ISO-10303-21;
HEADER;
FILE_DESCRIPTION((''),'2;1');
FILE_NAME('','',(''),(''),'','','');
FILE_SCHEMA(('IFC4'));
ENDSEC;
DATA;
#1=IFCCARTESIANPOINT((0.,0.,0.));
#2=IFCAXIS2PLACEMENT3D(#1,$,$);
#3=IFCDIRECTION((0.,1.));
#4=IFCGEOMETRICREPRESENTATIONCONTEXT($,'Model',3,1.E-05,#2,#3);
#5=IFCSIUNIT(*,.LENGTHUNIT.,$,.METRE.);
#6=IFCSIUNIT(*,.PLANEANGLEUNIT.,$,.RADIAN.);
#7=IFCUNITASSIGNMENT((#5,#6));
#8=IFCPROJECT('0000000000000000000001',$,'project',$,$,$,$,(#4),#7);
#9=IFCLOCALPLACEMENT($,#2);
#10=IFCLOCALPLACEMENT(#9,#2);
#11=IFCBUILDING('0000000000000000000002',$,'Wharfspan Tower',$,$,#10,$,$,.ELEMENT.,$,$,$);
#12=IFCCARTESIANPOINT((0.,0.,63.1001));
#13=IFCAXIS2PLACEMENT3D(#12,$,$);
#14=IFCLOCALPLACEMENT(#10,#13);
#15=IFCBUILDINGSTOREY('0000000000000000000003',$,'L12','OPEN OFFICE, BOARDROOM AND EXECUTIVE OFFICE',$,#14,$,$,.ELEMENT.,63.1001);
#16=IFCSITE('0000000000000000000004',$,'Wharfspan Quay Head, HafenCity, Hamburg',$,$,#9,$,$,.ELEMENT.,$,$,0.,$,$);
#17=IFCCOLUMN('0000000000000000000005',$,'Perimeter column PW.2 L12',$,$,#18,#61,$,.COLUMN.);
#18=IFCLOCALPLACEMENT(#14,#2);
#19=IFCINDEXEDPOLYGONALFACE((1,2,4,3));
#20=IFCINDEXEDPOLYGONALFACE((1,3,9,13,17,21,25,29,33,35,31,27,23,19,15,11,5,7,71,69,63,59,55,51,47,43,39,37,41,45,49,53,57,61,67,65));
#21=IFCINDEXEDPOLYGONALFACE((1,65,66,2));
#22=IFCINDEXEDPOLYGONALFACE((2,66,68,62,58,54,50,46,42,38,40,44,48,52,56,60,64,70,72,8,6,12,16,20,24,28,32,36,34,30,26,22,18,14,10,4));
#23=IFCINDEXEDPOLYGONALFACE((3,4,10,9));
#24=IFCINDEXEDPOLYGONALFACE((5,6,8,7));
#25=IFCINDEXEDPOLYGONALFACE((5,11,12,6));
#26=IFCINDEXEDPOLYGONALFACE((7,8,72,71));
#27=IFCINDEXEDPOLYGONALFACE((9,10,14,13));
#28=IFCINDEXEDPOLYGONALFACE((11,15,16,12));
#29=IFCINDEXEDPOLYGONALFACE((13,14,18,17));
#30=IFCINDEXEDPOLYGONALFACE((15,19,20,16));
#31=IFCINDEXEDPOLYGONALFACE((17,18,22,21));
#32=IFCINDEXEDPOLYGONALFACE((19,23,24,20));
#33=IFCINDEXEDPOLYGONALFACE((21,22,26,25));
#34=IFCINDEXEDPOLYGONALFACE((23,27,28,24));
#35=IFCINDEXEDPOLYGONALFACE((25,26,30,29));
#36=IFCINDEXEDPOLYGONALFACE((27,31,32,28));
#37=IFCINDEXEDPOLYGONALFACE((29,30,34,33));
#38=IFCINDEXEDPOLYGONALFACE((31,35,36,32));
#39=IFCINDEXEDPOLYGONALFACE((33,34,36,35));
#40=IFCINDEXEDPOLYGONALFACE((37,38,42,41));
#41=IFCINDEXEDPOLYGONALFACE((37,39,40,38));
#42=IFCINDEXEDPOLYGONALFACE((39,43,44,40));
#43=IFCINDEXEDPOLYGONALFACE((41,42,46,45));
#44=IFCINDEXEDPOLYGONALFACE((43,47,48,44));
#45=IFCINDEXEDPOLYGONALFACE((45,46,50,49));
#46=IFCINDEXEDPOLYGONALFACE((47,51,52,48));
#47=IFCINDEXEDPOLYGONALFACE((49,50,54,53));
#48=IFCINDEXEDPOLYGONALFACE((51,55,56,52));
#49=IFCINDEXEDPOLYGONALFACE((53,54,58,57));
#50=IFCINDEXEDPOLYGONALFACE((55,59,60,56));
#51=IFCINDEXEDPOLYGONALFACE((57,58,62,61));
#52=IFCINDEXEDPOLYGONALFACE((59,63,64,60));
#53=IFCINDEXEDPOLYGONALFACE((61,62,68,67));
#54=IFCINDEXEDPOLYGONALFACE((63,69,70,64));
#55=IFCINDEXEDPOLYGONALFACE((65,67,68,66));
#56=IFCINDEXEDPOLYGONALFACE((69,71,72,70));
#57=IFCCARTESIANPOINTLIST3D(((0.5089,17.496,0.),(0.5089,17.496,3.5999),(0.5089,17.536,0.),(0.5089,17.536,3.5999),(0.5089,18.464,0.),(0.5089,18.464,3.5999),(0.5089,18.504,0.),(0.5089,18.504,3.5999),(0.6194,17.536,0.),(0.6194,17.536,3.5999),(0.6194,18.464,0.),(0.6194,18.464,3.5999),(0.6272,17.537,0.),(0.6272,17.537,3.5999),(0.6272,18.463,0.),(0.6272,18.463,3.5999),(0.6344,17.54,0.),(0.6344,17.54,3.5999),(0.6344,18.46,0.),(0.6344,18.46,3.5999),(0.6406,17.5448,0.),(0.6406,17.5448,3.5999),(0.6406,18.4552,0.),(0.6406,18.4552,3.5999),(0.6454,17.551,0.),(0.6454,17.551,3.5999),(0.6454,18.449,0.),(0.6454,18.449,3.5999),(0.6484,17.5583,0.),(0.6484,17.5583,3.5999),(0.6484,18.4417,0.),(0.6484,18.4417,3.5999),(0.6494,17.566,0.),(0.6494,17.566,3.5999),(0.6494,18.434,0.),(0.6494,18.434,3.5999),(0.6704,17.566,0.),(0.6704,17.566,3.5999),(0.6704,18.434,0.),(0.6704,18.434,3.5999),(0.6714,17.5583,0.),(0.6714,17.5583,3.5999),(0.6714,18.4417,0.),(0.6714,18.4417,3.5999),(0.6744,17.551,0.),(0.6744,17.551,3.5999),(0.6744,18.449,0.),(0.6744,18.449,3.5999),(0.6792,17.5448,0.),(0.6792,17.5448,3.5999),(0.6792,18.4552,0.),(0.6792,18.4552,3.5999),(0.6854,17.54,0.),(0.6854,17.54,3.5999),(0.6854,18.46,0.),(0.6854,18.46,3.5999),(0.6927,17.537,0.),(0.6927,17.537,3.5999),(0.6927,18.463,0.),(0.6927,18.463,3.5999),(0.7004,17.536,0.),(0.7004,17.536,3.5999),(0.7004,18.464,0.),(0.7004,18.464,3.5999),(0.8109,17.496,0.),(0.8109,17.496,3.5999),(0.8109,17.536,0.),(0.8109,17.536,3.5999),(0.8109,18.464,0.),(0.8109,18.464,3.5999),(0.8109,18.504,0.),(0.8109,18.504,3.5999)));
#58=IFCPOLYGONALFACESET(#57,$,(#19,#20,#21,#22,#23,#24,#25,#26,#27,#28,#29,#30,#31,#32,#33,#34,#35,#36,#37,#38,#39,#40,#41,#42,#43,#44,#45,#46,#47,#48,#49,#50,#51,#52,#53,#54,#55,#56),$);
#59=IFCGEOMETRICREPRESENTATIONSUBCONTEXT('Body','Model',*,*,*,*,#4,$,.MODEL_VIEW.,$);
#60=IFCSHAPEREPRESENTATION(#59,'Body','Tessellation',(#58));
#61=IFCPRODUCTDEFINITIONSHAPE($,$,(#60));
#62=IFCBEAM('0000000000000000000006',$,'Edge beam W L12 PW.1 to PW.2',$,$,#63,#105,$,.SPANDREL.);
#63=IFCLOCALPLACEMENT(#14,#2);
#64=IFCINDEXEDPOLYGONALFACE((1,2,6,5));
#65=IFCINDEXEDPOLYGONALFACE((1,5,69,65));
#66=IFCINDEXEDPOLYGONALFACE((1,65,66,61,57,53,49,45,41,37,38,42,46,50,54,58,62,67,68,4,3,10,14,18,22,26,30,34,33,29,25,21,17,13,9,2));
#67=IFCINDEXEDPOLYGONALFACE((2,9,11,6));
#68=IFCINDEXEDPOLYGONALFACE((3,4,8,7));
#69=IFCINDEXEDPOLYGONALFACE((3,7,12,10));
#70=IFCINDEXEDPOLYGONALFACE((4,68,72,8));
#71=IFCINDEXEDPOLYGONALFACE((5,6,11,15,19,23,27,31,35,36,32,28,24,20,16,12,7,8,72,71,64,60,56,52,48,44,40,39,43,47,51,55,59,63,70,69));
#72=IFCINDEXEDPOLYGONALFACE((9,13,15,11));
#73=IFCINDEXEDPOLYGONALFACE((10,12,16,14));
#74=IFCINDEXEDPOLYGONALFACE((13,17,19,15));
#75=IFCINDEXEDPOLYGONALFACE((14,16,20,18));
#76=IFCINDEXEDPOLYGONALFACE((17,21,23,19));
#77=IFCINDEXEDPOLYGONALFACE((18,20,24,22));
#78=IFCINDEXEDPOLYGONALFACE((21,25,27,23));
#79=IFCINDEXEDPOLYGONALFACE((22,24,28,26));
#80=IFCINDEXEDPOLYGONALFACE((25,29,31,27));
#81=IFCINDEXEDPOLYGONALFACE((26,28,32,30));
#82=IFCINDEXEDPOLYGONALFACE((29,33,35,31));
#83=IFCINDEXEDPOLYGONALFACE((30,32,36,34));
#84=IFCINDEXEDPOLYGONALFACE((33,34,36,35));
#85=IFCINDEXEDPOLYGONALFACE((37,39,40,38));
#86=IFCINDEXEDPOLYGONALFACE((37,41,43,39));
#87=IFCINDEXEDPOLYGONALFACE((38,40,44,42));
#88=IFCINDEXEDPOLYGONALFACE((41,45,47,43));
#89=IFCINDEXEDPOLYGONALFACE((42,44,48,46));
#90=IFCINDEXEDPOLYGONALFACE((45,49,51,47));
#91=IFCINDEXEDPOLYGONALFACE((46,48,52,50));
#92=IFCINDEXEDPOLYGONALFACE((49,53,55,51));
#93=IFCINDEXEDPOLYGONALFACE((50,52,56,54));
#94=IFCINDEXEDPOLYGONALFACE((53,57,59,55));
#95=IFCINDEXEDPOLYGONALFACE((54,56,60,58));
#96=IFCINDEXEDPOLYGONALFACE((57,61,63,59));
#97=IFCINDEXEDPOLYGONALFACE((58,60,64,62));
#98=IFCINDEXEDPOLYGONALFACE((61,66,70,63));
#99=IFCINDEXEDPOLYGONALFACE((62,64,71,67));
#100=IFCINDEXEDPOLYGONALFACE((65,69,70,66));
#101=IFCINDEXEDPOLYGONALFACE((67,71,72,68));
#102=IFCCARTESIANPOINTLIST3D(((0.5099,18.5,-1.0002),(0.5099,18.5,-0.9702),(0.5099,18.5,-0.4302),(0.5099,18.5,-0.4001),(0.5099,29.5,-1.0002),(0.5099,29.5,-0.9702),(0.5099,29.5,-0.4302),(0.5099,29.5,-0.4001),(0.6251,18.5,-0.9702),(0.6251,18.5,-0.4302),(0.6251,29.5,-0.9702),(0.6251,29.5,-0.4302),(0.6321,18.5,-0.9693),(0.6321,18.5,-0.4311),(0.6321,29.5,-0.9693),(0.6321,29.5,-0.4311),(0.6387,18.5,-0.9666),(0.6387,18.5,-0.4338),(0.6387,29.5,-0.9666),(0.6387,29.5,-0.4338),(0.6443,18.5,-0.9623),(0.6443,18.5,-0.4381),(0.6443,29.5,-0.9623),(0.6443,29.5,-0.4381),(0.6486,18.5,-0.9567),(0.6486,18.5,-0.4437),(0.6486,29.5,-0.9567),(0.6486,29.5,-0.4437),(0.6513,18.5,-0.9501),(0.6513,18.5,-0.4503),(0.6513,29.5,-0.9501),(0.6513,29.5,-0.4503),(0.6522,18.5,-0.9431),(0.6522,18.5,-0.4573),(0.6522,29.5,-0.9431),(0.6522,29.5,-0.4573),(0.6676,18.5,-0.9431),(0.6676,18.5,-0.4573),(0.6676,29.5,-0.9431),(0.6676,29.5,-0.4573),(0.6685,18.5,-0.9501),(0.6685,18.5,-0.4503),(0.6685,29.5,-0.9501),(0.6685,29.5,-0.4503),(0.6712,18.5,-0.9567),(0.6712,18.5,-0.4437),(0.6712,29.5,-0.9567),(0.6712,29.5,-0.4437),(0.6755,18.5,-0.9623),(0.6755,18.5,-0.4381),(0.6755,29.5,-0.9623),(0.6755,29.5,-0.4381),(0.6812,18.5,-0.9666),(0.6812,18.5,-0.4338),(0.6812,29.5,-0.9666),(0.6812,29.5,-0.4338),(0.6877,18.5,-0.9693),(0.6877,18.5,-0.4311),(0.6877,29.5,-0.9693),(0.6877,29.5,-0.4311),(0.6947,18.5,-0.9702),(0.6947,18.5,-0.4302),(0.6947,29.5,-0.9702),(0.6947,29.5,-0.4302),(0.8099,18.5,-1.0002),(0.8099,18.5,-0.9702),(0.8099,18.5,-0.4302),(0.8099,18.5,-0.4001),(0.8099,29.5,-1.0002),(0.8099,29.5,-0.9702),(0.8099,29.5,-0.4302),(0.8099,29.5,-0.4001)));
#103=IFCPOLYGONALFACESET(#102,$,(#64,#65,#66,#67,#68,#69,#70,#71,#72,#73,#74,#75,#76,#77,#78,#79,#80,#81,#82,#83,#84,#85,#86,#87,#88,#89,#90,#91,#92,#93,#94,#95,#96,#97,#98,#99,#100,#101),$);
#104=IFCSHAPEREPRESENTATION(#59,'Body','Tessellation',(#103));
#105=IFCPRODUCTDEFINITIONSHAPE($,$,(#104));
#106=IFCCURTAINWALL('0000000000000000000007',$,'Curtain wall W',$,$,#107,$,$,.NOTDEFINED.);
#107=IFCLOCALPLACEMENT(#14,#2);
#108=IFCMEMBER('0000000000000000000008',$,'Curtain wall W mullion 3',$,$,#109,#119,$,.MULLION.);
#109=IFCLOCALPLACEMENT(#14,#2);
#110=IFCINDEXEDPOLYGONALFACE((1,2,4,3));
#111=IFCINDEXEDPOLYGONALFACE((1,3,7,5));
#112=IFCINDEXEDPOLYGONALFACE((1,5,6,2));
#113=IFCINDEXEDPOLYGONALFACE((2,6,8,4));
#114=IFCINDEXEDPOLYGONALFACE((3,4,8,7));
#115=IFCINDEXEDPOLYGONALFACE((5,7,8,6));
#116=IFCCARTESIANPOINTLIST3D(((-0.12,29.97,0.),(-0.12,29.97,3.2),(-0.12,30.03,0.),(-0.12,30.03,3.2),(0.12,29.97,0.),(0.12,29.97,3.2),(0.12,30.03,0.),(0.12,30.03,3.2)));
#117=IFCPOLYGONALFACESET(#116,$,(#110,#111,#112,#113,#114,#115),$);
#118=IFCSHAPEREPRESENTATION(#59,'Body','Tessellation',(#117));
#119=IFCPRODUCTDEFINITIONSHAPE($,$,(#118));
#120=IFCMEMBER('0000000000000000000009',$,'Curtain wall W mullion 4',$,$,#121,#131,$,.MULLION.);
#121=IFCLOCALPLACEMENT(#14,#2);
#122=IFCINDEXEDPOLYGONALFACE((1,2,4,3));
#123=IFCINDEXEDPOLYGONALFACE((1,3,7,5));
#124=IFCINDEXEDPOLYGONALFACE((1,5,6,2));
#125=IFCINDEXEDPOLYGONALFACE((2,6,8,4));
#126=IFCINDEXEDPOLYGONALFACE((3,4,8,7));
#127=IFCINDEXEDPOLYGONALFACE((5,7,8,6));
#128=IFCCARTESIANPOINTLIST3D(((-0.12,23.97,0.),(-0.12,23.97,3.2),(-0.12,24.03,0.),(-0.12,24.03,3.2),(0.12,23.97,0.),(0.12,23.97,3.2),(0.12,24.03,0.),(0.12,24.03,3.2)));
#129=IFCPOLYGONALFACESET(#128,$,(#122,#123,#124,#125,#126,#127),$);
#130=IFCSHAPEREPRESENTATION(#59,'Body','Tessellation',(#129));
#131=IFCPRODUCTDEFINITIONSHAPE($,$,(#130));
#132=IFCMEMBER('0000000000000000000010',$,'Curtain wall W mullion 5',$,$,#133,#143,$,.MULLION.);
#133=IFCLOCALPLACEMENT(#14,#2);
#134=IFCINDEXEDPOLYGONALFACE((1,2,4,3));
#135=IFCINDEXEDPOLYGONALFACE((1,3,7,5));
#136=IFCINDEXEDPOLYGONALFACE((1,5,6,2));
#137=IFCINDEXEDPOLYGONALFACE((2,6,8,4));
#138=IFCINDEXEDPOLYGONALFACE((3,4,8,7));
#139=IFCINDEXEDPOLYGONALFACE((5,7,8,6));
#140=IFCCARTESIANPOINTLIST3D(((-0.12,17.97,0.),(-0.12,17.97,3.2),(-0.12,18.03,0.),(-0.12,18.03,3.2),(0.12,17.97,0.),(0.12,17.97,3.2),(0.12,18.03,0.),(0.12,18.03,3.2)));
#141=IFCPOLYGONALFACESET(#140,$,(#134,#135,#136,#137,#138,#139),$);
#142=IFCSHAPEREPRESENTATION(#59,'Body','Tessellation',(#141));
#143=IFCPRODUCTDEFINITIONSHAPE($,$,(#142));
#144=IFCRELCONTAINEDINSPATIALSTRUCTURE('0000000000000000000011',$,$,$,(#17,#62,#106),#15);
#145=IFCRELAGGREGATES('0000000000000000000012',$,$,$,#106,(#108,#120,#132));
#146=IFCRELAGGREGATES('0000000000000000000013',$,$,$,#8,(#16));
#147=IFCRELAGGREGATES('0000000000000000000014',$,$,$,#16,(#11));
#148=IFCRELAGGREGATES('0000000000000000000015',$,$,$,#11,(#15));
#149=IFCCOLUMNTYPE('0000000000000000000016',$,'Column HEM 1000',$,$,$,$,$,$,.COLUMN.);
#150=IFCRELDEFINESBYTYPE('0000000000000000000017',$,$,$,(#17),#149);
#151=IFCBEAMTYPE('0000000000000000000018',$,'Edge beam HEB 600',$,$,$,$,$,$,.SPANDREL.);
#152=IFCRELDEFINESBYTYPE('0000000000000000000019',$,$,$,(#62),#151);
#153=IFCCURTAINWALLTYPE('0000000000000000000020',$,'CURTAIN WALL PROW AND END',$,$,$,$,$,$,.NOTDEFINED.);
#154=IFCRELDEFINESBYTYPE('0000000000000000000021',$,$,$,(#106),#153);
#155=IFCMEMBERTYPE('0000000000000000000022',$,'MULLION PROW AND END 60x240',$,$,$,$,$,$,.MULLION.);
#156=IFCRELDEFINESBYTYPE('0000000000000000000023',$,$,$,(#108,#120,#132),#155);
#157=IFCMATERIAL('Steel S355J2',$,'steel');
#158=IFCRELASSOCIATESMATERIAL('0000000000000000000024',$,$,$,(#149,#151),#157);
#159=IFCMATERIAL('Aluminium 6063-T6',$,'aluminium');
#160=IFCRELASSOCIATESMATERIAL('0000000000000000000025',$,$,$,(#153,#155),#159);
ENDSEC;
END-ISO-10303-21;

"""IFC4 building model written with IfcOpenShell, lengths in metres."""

from ifc_helpers import new_model, si_unit, direction, frame, origin, origin_2d, place, context, subcontext, project, spatial, rectangle, i_section, extrude, material, material_profile, profile_set, type_object, element, aggregate, save


model = new_model("IFC4")

# Units and contexts
model_context = context("Model", 3, precision=1e-05, world=origin(), true_north=direction((0.0, 1.0)))
body_context = subcontext(model_context, "Body", "Model", "MODEL_VIEW")
ifc_project = project(units=[si_unit("LENGTHUNIT", "METRE"), si_unit("PLANEANGLEUNIT", "RADIAN")], contexts=[model_context])

# Site, building, storey
site_placement = place(None, origin())
site = spatial("IfcSite", under=ifc_project, at=site_placement, Name="Wharfspan Quay Head, HafenCity, Hamburg", CompositionType="ELEMENT", RefElevation=0.0)
building_placement = place(site_placement, origin())
building = spatial("IfcBuilding", under=site, at=building_placement, Name="Wharfspan Tower", CompositionType="ELEMENT")
storey_placement = place(building_placement, frame((0.0, 0.0, 63.1001)))
storey = spatial("IfcBuildingStorey", under=building, at=storey_placement, Name="L12", Description="OPEN OFFICE, BOARDROOM AND EXECUTIVE OFFICE", CompositionType="ELEMENT", Elevation=63.1001)

# Column
ifc_material_1 = material(Name="Steel S355J2", Category="steel")
ifc_material_profile_1 = material_profile(ifc_material_1, i_section(OverallWidth=0.302, OverallDepth=1.0081, WebThickness=0.021, FlangeThickness=0.04, FilletRadius=0.03, at=origin_2d()))
ifc_profile_set_1 = profile_set([ifc_material_profile_1], Name="Steel S355J2")
column_type = type_object("IfcColumnType", Name="Column HEM 1000", PredefinedType="COLUMN", material=ifc_profile_set_1)
column_placement = place(storey_placement, frame((0.6599, 18.0, 0.0), z_axis=(0.0, 0.0, 1.0), x_axis=(-1.0, 0.0, 0.0)))
element("IfcColumn", 1, at=column_placement, inside=storey, type_object=column_type, Name="Perimeter column PW.2 L12", PredefinedType="COLUMN", context=body_context, shape_type="SweptSolid", body=[
    extrude(i_section(OverallWidth=0.302, OverallDepth=1.0081, WebThickness=0.021, FlangeThickness=0.04, FilletRadius=0.03, at=origin_2d()), origin(), (0.0, 0.0, 1.0), 3.5999),
])

# Beam
ifc_material_profile_2 = material_profile(ifc_material_1, i_section(OverallWidth=0.3, OverallDepth=0.6001, WebThickness=0.0154, FlangeThickness=0.03, FilletRadius=0.0271, at=origin_2d()))
ifc_profile_set_2 = profile_set([ifc_material_profile_2], Name="Steel S355J2")
beam_type = type_object("IfcBeamType", Name="Edge beam HEB 600", PredefinedType="SPANDREL", material=ifc_profile_set_2)
beam_placement = place(storey_placement, frame((0.6599, 29.5, -0.7002), z_axis=(0.0, -1.0, 0.0), x_axis=(1.0, 0.0, 0.0)))
element("IfcBeam", 2, at=beam_placement, inside=storey, type_object=beam_type, Name="Edge beam W L12 PW.1 to PW.2", PredefinedType="SPANDREL", context=body_context, shape_type="SweptSolid", body=[
    extrude(i_section(OverallWidth=0.3, OverallDepth=0.6001, WebThickness=0.0154, FlangeThickness=0.03, FilletRadius=0.0271, at=origin_2d()), origin(), (0.0, 0.0, 1.0), 11.0),
])

# Curtain wall, members
ifc_material_2 = material(Name="Aluminium 6063-T6", Category="aluminium")
curtain_wall_type = type_object("IfcCurtainWallType", Name="CURTAIN WALL PROW AND END", PredefinedType="NOTDEFINED", material=ifc_material_2)
curtain_wall_placement = place(storey_placement, origin())
curtain_wall = element("IfcCurtainWall", 3, at=curtain_wall_placement, inside=storey, type_object=curtain_wall_type, Name="Curtain wall W", PredefinedType="NOTDEFINED")
ifc_material_profile_3 = material_profile(ifc_material_2, rectangle(XDim=0.24, YDim=0.0601, at=origin_2d()))
ifc_profile_set_3 = profile_set([ifc_material_profile_3], Name="Aluminium 6063-T6")
member_type_1 = type_object("IfcMemberType", Name="MULLION PROW AND END 60x240", PredefinedType="MULLION", material=ifc_profile_set_3)
member_1_placement = place(storey_placement, frame((0.0, 30.0, 0.0), z_axis=(0.0, 0.0, 1.0), x_axis=(1.0, 0.0, 0.0)))
member_1 = element("IfcMember", 4, at=member_1_placement, type_object=member_type_1, Name="Curtain wall W mullion 3", PredefinedType="MULLION", context=body_context, shape_type="SweptSolid", body=[
    extrude(rectangle(XDim=0.24, YDim=0.0601, at=origin_2d()), origin(), (0.0, 0.0, 1.0), 3.2),
])
member_2_placement = place(storey_placement, frame((0.0, 24.0, 0.0), z_axis=(0.0, 0.0, 1.0), x_axis=(1.0, 0.0, 0.0)))
member_2 = element("IfcMember", 5, at=member_2_placement, type_object=member_type_1, Name="Curtain wall W mullion 4", PredefinedType="MULLION", context=body_context, shape_type="SweptSolid", body=[
    extrude(rectangle(XDim=0.24, YDim=0.0601, at=origin_2d()), origin(), (0.0, 0.0, 1.0), 3.2),
])
member_3_placement = place(storey_placement, frame((0.0, 18.0, 0.0), z_axis=(0.0, 0.0, 1.0), x_axis=(1.0, 0.0, 0.0)))
member_3 = element("IfcMember", 6, at=member_3_placement, type_object=member_type_1, Name="Curtain wall W mullion 5", PredefinedType="MULLION", context=body_context, shape_type="SweptSolid", body=[
    extrude(rectangle(XDim=0.24, YDim=0.0601, at=origin_2d()), origin(), (0.0, 0.0, 1.0), 3.2),
])

aggregate(curtain_wall, [member_1, member_2, member_3])

save(model, "model.ifc")
